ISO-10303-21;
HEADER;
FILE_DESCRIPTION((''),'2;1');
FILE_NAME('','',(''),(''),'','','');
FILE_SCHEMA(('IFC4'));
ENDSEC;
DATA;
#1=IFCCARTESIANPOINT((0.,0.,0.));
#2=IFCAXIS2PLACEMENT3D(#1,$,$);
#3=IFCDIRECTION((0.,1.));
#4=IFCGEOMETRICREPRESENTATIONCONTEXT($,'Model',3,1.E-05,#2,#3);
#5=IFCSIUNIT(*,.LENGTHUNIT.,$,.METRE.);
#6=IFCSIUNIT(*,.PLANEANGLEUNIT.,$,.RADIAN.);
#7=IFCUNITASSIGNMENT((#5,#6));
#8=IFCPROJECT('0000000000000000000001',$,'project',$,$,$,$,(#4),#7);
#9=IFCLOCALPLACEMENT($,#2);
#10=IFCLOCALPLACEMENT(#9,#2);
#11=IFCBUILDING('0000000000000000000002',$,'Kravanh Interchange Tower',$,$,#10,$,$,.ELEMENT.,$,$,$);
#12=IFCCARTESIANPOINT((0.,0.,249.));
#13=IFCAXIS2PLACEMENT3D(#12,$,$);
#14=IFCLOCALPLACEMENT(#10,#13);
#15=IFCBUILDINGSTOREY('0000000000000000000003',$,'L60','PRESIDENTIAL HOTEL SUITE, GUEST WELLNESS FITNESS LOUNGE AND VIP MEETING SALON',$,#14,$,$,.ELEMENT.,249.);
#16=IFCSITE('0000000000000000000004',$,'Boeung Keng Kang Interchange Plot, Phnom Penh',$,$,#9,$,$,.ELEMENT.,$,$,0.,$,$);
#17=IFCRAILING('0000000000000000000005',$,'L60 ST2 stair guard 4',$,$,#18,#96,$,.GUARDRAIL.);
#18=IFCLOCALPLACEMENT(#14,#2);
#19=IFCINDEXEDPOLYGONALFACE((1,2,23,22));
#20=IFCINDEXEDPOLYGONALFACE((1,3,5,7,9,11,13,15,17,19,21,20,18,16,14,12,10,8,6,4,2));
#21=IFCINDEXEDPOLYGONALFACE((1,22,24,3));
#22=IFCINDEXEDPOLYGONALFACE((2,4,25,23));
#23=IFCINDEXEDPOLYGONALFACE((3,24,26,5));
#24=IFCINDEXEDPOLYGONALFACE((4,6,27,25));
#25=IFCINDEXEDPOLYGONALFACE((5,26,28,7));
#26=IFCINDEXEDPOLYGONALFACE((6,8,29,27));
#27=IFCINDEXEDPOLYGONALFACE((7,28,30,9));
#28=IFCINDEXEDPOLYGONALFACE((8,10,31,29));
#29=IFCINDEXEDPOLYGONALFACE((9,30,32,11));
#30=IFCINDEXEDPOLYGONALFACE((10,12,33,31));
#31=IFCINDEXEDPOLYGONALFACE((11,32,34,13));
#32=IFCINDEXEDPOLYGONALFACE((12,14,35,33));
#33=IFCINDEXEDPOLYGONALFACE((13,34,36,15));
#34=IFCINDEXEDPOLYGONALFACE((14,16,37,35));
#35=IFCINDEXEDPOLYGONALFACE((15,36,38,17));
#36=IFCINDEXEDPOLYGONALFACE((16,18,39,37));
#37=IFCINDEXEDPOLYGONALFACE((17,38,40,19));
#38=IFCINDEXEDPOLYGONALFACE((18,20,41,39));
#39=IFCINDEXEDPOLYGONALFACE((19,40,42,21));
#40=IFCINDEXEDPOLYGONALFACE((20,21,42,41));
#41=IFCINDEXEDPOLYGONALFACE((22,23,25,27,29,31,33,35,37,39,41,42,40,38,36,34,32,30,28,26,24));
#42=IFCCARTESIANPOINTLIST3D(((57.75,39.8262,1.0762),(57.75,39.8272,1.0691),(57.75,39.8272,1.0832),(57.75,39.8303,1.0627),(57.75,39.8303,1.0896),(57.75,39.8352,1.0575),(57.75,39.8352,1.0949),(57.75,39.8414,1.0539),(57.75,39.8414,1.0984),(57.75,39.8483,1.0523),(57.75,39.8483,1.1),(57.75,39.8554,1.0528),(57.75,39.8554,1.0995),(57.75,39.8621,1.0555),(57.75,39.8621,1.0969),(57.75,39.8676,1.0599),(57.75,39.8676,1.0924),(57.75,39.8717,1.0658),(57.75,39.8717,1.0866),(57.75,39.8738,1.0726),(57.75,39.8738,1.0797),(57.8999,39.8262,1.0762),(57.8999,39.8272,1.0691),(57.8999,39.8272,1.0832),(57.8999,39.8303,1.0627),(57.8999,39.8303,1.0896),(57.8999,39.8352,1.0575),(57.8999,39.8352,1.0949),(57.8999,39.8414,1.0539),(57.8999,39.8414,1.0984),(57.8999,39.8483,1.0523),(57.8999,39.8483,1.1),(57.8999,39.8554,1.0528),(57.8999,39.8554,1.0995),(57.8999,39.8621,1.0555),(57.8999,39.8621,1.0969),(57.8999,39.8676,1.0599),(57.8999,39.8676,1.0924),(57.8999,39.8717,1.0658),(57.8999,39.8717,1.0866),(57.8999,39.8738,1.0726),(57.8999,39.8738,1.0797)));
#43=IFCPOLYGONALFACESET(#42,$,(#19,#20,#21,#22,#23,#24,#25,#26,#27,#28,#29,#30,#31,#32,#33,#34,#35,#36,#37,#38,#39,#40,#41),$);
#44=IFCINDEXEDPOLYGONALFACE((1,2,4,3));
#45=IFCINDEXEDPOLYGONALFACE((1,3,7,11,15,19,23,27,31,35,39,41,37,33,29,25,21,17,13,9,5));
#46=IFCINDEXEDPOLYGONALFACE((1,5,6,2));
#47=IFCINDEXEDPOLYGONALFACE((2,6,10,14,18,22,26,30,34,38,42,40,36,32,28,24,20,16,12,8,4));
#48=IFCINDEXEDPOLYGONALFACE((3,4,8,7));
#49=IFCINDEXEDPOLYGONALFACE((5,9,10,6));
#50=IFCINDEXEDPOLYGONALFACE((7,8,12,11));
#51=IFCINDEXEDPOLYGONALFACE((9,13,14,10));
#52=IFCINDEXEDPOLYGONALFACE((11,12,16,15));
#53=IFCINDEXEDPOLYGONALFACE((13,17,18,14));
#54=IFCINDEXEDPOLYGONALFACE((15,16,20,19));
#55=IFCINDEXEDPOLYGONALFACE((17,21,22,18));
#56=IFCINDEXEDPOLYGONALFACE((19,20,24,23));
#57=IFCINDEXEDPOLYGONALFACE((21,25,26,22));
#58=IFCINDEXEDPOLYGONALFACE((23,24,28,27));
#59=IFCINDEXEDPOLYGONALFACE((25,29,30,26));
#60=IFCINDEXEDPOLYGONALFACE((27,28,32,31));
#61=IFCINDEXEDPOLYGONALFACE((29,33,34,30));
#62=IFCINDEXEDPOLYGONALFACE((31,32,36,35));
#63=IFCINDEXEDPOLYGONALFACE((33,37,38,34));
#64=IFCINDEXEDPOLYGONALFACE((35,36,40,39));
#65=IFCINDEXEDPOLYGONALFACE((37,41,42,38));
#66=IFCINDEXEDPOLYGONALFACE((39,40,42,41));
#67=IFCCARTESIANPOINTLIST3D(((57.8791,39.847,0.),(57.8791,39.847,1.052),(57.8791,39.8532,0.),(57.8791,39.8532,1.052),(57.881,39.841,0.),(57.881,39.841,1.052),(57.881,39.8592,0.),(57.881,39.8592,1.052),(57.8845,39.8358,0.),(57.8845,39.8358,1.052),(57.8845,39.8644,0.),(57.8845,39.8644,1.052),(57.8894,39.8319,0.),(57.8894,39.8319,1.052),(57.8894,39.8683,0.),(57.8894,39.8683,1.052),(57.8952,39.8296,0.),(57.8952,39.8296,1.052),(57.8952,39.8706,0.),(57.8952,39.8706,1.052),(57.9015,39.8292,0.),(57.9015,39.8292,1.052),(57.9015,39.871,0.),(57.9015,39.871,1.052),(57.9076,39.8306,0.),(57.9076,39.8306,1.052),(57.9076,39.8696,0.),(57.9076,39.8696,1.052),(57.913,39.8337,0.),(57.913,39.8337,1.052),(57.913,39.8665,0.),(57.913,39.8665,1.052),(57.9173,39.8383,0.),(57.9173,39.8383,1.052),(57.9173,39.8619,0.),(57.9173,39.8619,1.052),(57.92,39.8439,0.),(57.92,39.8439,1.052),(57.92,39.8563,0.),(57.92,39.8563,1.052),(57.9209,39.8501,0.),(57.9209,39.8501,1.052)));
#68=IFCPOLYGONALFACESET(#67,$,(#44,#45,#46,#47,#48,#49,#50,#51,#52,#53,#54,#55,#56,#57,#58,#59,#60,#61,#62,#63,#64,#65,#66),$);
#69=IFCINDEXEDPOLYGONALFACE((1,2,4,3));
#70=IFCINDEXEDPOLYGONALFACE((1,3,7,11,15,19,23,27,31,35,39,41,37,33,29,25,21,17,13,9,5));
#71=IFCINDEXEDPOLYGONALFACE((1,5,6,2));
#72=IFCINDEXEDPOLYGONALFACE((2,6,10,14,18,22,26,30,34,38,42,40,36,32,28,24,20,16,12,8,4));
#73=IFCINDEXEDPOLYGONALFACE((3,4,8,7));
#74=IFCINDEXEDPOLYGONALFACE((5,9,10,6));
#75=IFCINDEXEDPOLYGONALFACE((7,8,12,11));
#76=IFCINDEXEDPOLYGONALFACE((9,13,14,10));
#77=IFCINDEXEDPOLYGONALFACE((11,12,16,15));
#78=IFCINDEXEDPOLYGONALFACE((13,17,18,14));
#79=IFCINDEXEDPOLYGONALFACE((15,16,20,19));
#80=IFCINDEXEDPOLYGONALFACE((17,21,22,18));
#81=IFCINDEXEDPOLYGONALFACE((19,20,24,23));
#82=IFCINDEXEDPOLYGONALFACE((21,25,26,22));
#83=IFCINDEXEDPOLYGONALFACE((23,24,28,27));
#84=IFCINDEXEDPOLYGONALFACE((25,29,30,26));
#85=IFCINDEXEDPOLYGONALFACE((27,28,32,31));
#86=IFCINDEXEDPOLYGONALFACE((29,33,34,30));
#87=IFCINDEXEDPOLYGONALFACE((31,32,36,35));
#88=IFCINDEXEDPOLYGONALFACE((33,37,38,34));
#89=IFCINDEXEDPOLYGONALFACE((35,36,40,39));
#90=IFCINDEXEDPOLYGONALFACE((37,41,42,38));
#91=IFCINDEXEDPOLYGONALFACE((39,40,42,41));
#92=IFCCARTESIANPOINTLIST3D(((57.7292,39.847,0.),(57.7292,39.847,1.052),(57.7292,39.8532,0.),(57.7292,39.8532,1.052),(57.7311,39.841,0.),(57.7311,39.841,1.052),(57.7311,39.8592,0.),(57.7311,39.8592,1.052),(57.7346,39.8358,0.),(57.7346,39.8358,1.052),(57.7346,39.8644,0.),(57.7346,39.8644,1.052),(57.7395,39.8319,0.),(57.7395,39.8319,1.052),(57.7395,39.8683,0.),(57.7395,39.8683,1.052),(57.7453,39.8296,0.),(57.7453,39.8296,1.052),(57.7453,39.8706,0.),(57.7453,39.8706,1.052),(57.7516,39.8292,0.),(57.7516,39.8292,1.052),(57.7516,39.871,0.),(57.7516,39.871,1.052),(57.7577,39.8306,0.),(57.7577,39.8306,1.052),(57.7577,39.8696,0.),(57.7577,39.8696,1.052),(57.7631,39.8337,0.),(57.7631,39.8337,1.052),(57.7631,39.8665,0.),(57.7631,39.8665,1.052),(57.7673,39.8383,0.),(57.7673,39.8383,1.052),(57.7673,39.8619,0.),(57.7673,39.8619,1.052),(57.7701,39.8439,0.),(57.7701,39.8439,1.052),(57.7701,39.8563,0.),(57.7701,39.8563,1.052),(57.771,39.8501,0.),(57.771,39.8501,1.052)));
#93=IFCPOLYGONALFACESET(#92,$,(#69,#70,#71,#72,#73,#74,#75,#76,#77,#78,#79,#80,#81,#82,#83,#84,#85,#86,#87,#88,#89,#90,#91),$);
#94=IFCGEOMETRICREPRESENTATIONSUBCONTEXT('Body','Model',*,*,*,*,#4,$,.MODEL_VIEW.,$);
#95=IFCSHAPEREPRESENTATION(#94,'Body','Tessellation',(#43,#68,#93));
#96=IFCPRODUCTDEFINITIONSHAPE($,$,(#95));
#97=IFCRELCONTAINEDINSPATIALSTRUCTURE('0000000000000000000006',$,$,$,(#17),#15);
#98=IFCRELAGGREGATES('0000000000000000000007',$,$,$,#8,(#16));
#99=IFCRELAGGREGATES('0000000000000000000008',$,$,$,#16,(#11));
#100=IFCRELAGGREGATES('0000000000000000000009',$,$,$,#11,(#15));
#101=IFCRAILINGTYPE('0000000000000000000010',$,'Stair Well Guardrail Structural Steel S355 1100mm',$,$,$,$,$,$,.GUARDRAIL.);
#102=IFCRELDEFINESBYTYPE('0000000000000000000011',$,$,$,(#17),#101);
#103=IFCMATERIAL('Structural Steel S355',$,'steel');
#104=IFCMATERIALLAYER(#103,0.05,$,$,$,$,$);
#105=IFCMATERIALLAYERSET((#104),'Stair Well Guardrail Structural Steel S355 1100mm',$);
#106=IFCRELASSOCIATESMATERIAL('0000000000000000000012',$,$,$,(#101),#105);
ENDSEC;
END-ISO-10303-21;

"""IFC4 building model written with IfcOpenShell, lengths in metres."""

from ifc_helpers import new_model, si_unit, direction, frame, origin, origin_2d, place, context, subcontext, project, spatial, circle, extrude, material, layer, layer_set, type_object, element, save


model = new_model("IFC4")

# Units and contexts
model_context = context("Model", 3, precision=1e-05, world=origin(), true_north=direction((0.0, 1.0)))
body_context = subcontext(model_context, "Body", "Model", "MODEL_VIEW")
ifc_project = project(units=[si_unit("LENGTHUNIT", "METRE"), si_unit("PLANEANGLEUNIT", "RADIAN")], contexts=[model_context])

# Site, building, storey
site_placement = place(None, origin())
site = spatial("IfcSite", under=ifc_project, at=site_placement, Name="Boeung Keng Kang Interchange Plot, Phnom Penh", CompositionType="ELEMENT", RefElevation=0.0)
building_placement = place(site_placement, origin())
building = spatial("IfcBuilding", under=site, at=building_placement, Name="Kravanh Interchange Tower", CompositionType="ELEMENT")
storey_placement = place(building_placement, frame((0.0, 0.0, 249.0)))
storey = spatial("IfcBuildingStorey", under=building, at=storey_placement, Name="L60", Description="PRESIDENTIAL HOTEL SUITE, GUEST WELLNESS FITNESS LOUNGE AND VIP MEETING SALON", CompositionType="ELEMENT", Elevation=249.0)

# Railing
ifc_material_1 = material(Name="Structural Steel S355", Category="steel")
ifc_layer_1 = layer(ifc_material_1, 0.05)
ifc_layer_set_1 = layer_set([ifc_layer_1], Name="Stair Well Guardrail Structural Steel S355 1100mm")
railing_type_1 = type_object("IfcRailingType", Name="Stair Well Guardrail Structural Steel S355 1100mm", PredefinedType="GUARDRAIL", material=ifc_layer_set_1)
railing_1_placement = place(storey_placement, frame((57.8999, 39.8501, 0.0)))
element("IfcRailing", 1, at=railing_1_placement, inside=storey, type_object=railing_type_1, Name="L60 ST2 stair guard 4", PredefinedType="GUARDRAIL", context=body_context, shape_type="SweptSolid", body=[
    extrude(circle(Radius=0.0239, at=origin_2d()), frame((0.0, 0.0, 1.0762), z_axis=(-1.0, 0.0, 0.0), x_axis=(0.0, -1.0, 0.0)), (0.0, 0.0, 1.0), 0.1499),
    extrude(circle(Radius=0.021, at=origin_2d()), origin(), (0.0, 0.0, 1.0), 1.052),
    extrude(circle(Radius=0.021, at=origin_2d()), frame((-0.1499, 0.0, 0.0)), (0.0, 0.0, 1.0), 1.052),
])

save(model, "model.ifc")
